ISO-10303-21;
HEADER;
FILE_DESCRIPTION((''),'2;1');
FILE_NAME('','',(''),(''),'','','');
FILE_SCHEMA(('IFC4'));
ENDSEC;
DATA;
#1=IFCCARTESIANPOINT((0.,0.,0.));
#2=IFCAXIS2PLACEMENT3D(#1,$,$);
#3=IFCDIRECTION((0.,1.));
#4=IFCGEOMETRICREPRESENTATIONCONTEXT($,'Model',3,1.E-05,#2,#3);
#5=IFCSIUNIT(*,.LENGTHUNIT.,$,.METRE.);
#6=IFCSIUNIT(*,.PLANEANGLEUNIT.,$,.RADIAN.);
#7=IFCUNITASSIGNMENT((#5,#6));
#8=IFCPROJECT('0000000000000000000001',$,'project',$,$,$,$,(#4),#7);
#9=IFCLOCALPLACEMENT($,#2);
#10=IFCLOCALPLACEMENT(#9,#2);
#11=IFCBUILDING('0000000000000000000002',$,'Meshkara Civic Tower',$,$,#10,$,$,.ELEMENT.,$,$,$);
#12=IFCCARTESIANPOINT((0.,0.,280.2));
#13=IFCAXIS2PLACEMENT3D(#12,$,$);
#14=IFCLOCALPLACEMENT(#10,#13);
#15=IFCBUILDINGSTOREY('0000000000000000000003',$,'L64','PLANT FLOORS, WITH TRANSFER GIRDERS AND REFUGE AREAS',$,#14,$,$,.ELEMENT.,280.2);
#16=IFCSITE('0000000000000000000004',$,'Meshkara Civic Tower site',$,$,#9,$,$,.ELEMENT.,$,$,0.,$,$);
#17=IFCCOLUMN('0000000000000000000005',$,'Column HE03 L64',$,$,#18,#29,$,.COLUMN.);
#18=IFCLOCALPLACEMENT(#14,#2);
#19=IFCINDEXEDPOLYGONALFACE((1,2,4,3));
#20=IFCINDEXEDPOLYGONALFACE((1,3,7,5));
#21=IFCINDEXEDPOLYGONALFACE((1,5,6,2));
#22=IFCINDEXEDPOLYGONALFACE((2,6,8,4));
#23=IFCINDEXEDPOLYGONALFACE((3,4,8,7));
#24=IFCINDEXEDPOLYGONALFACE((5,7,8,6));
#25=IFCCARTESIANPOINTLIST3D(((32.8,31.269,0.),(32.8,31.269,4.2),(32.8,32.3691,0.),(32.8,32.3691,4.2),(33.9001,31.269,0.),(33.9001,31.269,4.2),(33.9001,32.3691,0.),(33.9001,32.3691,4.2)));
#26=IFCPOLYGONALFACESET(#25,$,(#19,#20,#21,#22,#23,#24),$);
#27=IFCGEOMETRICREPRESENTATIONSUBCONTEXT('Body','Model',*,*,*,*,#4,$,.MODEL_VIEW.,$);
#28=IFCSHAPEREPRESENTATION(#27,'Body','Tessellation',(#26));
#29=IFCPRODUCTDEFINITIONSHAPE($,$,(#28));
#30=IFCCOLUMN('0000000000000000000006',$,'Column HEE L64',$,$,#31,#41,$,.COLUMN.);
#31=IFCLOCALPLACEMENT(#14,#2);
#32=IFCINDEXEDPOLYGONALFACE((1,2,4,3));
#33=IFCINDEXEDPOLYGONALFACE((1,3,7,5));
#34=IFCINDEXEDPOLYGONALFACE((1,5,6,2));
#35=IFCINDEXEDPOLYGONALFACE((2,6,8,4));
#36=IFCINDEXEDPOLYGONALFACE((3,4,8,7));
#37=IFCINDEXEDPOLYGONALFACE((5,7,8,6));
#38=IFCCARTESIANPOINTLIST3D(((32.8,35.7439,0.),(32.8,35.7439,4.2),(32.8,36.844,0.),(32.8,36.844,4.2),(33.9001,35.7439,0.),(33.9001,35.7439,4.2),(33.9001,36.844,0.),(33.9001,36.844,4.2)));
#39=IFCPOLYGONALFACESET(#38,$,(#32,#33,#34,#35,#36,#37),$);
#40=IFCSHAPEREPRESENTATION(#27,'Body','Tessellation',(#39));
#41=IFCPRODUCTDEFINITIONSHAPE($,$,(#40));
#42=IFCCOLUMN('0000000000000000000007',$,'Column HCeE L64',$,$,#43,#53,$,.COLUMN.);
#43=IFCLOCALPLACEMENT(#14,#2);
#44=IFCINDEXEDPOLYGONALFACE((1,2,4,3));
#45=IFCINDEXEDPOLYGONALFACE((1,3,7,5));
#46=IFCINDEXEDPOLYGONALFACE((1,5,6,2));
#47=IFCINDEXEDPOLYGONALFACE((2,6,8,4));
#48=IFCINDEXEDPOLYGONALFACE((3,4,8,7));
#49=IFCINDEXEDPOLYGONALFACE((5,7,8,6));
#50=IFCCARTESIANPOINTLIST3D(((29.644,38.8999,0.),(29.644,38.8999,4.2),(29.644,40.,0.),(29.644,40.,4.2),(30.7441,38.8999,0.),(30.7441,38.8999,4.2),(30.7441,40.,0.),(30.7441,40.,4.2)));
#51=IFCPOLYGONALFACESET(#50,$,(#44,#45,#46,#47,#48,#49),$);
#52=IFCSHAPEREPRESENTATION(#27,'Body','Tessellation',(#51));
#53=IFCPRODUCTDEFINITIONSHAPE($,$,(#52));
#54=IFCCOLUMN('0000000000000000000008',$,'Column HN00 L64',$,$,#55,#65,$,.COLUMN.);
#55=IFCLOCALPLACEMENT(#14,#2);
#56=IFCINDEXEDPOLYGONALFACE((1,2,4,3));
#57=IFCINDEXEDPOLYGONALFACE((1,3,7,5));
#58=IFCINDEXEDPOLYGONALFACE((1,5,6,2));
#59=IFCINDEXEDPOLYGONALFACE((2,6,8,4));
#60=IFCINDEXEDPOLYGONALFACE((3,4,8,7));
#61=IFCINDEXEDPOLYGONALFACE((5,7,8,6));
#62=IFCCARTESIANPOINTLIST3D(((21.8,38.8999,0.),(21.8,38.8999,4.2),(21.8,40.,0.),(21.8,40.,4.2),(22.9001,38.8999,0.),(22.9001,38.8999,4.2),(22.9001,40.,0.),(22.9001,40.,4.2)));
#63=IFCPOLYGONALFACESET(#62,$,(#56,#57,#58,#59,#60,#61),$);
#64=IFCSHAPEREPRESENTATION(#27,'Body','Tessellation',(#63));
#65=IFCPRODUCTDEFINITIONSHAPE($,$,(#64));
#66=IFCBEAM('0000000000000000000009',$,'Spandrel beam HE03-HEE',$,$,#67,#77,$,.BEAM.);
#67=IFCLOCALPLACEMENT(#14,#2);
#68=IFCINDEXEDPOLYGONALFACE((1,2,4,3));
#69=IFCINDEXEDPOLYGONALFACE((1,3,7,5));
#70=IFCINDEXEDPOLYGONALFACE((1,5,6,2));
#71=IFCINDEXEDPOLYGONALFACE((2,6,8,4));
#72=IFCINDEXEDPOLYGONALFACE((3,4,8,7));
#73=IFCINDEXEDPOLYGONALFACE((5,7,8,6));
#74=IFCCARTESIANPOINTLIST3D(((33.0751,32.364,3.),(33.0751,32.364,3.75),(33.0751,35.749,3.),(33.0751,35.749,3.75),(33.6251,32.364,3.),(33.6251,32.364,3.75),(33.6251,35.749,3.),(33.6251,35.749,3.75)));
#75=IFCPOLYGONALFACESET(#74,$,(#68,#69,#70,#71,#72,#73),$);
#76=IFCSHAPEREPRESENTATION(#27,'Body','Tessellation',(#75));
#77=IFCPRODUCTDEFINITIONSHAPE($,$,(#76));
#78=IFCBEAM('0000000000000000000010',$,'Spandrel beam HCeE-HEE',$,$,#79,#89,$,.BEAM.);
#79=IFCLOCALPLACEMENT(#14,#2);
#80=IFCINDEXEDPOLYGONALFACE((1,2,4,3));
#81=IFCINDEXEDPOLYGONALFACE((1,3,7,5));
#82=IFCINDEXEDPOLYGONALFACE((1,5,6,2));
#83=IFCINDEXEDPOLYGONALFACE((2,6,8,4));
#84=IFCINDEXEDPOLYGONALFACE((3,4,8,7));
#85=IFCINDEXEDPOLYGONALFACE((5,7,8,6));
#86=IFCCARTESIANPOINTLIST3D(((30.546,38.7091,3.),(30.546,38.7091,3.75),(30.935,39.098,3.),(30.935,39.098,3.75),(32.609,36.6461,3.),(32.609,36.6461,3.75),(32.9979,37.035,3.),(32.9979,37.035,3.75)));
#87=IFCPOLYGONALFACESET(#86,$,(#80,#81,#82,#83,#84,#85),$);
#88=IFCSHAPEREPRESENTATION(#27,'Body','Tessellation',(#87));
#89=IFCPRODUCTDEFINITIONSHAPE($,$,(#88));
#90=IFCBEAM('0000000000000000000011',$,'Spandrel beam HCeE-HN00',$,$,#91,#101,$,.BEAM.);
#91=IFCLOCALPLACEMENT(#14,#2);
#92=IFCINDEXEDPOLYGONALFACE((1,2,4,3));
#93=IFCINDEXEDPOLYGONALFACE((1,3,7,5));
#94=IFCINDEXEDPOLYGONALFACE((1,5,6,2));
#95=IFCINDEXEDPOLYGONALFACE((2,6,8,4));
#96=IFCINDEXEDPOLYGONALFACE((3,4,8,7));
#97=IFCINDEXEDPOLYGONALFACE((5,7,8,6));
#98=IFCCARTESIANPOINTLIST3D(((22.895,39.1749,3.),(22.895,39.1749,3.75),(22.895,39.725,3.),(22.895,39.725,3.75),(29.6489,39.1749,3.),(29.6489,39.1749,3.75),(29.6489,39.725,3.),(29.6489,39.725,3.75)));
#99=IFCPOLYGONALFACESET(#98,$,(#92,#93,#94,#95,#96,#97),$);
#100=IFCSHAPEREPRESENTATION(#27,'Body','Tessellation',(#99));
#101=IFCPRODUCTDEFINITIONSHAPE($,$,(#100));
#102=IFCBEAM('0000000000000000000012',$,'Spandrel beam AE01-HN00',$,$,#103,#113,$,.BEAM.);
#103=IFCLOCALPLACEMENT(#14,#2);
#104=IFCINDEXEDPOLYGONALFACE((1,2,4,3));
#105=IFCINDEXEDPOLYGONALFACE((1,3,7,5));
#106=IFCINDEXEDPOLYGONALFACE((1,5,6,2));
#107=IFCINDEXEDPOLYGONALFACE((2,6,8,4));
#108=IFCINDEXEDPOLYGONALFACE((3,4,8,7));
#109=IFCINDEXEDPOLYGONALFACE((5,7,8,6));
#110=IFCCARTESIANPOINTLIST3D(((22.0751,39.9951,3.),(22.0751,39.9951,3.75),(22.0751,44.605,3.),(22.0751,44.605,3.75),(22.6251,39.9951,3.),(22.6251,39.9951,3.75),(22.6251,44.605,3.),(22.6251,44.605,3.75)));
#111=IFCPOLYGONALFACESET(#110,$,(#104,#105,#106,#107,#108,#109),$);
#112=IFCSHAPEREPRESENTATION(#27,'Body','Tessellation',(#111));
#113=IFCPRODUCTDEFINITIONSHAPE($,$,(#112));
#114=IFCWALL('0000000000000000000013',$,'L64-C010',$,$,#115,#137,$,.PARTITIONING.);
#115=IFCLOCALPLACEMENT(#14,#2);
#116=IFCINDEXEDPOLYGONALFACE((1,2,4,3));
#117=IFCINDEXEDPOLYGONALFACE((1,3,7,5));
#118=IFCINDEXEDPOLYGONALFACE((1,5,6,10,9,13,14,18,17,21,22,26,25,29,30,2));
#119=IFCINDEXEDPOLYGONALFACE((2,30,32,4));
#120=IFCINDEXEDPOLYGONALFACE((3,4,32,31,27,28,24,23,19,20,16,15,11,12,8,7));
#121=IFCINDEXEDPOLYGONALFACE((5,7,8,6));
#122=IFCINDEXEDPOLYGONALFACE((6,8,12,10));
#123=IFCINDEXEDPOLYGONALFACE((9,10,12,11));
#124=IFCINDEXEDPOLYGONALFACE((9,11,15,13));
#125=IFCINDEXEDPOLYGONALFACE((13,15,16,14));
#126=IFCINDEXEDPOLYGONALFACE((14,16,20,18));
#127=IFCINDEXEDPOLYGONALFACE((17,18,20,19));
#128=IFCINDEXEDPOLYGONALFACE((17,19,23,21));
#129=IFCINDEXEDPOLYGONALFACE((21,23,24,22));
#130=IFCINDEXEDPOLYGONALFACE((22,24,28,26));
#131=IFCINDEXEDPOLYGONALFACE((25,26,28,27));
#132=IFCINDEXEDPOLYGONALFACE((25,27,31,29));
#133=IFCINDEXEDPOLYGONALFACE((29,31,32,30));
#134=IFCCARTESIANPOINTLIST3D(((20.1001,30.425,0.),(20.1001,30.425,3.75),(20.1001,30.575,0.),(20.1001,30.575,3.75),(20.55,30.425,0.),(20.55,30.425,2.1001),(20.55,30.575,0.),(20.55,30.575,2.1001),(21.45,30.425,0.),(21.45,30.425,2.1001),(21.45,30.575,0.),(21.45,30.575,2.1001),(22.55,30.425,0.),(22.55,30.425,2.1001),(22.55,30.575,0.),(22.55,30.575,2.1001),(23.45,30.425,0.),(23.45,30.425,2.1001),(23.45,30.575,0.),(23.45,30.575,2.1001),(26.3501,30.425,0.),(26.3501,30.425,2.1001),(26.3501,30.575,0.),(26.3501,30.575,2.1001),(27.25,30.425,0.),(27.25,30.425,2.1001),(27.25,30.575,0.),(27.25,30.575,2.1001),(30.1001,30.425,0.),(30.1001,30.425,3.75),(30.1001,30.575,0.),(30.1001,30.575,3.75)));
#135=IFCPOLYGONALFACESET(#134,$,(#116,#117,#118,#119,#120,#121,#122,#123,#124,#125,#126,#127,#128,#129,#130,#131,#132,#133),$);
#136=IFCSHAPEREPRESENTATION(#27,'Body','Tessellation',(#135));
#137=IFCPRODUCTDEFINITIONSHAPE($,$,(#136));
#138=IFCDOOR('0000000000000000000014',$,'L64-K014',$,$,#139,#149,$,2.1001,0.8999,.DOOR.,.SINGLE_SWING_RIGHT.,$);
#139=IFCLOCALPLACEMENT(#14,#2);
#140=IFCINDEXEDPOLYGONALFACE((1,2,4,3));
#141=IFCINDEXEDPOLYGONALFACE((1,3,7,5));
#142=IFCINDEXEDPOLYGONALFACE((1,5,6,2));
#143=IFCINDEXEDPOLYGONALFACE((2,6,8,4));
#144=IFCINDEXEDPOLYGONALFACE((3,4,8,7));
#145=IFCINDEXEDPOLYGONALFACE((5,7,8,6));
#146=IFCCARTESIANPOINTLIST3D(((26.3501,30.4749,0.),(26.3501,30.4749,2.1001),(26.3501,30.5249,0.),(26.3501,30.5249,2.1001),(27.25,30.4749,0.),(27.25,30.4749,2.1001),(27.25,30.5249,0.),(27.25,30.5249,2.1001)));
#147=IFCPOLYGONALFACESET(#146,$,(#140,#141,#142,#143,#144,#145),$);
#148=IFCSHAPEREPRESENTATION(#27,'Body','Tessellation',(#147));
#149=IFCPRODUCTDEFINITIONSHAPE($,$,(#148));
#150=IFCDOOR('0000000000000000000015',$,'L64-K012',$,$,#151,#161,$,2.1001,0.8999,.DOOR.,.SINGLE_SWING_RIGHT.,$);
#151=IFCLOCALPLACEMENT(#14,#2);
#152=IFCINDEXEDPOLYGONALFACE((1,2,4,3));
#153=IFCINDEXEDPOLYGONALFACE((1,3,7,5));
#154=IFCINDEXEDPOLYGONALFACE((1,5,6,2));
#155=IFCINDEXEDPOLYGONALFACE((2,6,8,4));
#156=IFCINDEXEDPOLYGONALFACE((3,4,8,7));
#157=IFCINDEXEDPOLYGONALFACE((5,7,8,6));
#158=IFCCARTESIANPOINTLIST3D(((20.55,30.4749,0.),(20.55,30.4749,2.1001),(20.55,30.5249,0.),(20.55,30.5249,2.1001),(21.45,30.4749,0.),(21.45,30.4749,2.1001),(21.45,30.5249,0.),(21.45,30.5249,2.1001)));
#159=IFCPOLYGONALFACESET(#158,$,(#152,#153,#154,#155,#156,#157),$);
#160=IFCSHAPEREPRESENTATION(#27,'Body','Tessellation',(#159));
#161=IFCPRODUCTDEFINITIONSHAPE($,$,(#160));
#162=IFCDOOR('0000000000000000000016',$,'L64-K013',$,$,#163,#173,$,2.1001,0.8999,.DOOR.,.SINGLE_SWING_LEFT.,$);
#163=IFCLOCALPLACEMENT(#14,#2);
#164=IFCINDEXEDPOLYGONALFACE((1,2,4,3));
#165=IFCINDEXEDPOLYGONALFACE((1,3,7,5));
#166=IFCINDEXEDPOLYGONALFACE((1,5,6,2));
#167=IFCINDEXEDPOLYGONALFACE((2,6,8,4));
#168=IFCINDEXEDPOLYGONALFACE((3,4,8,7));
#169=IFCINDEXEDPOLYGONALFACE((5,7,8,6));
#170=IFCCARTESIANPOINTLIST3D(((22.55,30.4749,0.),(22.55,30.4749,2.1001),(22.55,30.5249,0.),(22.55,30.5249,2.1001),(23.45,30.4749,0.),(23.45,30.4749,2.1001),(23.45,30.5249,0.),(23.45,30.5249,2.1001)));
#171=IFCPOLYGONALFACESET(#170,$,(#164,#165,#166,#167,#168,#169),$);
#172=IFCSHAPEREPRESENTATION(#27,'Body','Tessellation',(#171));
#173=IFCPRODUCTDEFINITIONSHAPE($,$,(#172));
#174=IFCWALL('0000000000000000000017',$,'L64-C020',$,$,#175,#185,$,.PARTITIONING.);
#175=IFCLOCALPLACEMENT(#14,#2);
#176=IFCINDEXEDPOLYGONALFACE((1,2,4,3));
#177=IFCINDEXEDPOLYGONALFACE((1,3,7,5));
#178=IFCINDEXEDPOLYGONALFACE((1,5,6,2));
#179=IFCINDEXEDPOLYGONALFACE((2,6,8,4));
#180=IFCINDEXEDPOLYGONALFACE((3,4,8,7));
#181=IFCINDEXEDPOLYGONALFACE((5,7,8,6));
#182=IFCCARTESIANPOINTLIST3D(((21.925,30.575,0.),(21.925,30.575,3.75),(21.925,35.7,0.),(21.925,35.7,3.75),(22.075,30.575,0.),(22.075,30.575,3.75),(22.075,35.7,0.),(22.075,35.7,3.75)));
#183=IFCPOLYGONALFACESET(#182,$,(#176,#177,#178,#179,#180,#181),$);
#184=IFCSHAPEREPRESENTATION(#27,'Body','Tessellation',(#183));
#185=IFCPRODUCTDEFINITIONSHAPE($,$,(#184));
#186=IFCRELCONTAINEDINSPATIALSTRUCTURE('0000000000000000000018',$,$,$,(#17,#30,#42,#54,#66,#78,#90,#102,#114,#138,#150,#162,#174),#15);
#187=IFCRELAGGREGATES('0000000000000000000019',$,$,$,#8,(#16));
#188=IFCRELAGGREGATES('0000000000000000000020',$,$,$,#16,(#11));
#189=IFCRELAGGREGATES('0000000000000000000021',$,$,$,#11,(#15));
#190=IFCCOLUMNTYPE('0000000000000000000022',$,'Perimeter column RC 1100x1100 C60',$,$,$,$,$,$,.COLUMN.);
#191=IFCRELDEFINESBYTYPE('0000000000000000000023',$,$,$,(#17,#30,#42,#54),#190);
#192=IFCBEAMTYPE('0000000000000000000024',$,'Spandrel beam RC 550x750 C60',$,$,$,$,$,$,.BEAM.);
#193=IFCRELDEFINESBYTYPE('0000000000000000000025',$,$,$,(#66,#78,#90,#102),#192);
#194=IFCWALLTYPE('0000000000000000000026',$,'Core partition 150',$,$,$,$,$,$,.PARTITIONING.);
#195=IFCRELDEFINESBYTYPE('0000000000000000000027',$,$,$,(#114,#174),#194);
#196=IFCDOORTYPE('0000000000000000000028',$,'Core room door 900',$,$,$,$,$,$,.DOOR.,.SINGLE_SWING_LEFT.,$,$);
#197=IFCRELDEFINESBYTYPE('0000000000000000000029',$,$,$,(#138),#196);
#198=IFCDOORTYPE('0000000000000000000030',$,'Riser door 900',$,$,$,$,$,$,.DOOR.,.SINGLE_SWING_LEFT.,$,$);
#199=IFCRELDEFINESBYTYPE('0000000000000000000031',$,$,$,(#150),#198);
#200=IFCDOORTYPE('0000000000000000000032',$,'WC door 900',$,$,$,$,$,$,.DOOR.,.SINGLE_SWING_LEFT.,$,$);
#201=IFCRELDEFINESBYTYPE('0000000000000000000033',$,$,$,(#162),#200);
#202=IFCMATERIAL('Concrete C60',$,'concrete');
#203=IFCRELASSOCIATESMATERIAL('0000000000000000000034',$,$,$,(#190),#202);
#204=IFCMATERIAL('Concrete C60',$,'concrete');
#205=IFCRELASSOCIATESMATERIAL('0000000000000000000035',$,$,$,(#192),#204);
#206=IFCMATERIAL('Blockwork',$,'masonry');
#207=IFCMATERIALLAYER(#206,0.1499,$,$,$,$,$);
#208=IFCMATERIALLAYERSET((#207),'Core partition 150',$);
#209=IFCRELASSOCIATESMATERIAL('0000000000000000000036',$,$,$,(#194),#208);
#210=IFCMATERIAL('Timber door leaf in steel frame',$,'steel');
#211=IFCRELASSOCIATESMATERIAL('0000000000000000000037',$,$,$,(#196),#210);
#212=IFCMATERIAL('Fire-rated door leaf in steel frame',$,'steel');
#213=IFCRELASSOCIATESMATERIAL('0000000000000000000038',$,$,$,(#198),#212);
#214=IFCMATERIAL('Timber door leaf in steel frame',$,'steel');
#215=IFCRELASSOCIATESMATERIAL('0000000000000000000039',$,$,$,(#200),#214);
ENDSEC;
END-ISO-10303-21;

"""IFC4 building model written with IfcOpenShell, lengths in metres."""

from ifc_helpers import new_model, si_unit, direction, frame, frame_2d, origin, origin_2d, place, context, subcontext, project, spatial, rectangle, extrude, material, layer, layer_set, material_profile, profile_set, type_object, element, fill, save


model = new_model("IFC4")

# Units and contexts
model_context = context("Model", 3, precision=1e-05, world=origin(), true_north=direction((0.0, 1.0)))
body_context = subcontext(model_context, "Body", "Model", "MODEL_VIEW")
ifc_project = project(units=[si_unit("LENGTHUNIT", "METRE"), si_unit("PLANEANGLEUNIT", "RADIAN")], contexts=[model_context])

# Site, building, storey
site_placement = place(None, origin())
site = spatial("IfcSite", under=ifc_project, at=site_placement, Name="Meshkara Civic Tower site", CompositionType="ELEMENT", RefElevation=0.0)
building_placement = place(site_placement, origin())
building = spatial("IfcBuilding", under=site, at=building_placement, Name="Meshkara Civic Tower", CompositionType="ELEMENT")
storey_placement = place(building_placement, frame((0.0, 0.0, 280.2)))
storey = spatial("IfcBuildingStorey", under=building, at=storey_placement, Name="L64", Description="PLANT FLOORS, WITH TRANSFER GIRDERS AND REFUGE AREAS", CompositionType="ELEMENT", Elevation=280.2)

# Columns
ifc_material_1 = material(Name="Concrete C60", Category="concrete")
ifc_material_profile_1 = material_profile(ifc_material_1, rectangle(XDim=1.1001, YDim=1.1001, at=origin_2d()))
ifc_profile_set_1 = profile_set([ifc_material_profile_1], Name="Concrete C60")
column_type = type_object("IfcColumnType", Name="Perimeter column RC 1100x1100 C60", PredefinedType="COLUMN", material=ifc_profile_set_1)
for number, where, z_axis, x_axis, name in (
    (1, (33.3501, 31.8191, 0.0), (0.0, 0.0, 1.0), (1.0, 0.0, 0.0), "Column HE03 L64"),
    (2, (33.3501, 36.2939, 0.0), (0.0, 0.0, 1.0), (1.0, 0.0, 0.0), "Column HEE L64"),
    (3, (30.1941, 39.45, 0.0), (0.0, 0.0, 1.0), (1.0, 0.0, 0.0), "Column HCeE L64"),
    (4, (22.3501, 39.45, 0.0), (0.0, 0.0, 1.0), (1.0, 0.0, 0.0), "Column HN00 L64"),
):
    element("IfcColumn", number, at=place(storey_placement, frame(where, z_axis=z_axis, x_axis=x_axis)), inside=storey, type_object=column_type, Name=name, PredefinedType="COLUMN", context=body_context, shape_type="SweptSolid", body=[
        extrude(rectangle(XDim=1.1001, YDim=1.1001, at=origin_2d()), origin(), (0.0, 0.0, 1.0), 4.2),
    ])

# Beams
ifc_material_2 = material(Name="Concrete C60", Category="concrete")
ifc_material_profile_2 = material_profile(ifc_material_2, rectangle(XDim=0.55, YDim=0.75, at=origin_2d()))
ifc_profile_set_2 = profile_set([ifc_material_profile_2], Name="Concrete C60")
beam_type = type_object("IfcBeamType", Name="Spandrel beam RC 550x750 C60", PredefinedType="BEAM", material=ifc_profile_set_2)
beam_1_placement = place(storey_placement, frame((33.3501, 32.364, 3.375), z_axis=(0.0, 1.0, 0.0), x_axis=(-1.0, 0.0, 0.0)))
element("IfcBeam", 5, at=beam_1_placement, inside=storey, type_object=beam_type, Name="Spandrel beam HE03-HEE", PredefinedType="BEAM", context=body_context, shape_type="SweptSolid", body=[
    extrude(rectangle(XDim=0.55, YDim=0.75, at=origin_2d()), origin(), (0.0, 0.0, 1.0), 3.385),
])
beam_2_placement = place(storey_placement, frame((32.8035, 36.8406, 3.375), z_axis=(-0.707107, 0.707107, 0.0), x_axis=(-0.707107, -0.707107, 0.0)))
element("IfcBeam", 6, at=beam_2_placement, inside=storey, type_object=beam_type, Name="Spandrel beam HCeE-HEE", PredefinedType="BEAM", context=body_context, shape_type="SweptSolid", body=[
    extrude(rectangle(XDim=0.55, YDim=0.75, at=origin_2d()), origin(), (0.0, 0.0, 1.0), 2.9175),
])
beam_3_placement = place(storey_placement, frame((29.6489, 39.45, 3.375), z_axis=(-1.0, 0.0, 0.0), x_axis=(0.0, -1.0, 0.0)))
element("IfcBeam", 7, at=beam_3_placement, inside=storey, type_object=beam_type, Name="Spandrel beam HCeE-HN00", PredefinedType="BEAM", context=body_context, shape_type="SweptSolid", body=[
    extrude(rectangle(XDim=0.55, YDim=0.75, at=origin_2d()), origin(), (0.0, 0.0, 1.0), 6.7539),
])
beam_4_placement = place(storey_placement, frame((22.3501, 39.9951, 3.375), z_axis=(0.0, 1.0, 0.0), x_axis=(-1.0, 0.0, 0.0)))
element("IfcBeam", 8, at=beam_4_placement, inside=storey, type_object=beam_type, Name="Spandrel beam AE01-HN00", PredefinedType="BEAM", context=body_context, shape_type="SweptSolid", body=[
    extrude(rectangle(XDim=0.55, YDim=0.75, at=origin_2d()), origin(), (0.0, 0.0, 1.0), 4.6099),
])

# Wall, openings, doors
ifc_material_3 = material(Name="Blockwork", Category="masonry")
ifc_layer_1 = layer(ifc_material_3, 0.1499)
ifc_layer_set_1 = layer_set([ifc_layer_1], Name="Core partition 150")
wall_type_1 = type_object("IfcWallType", Name="Core partition 150", PredefinedType="PARTITIONING", material=ifc_layer_set_1)
wall_1_placement = place(storey_placement, frame((20.1001, 30.5, 0.0), z_axis=(0.0, 0.0, 1.0), x_axis=(1.0, 0.0, 0.0)))
wall_1 = element("IfcWall", 9, at=wall_1_placement, inside=storey, type_object=wall_type_1, Name="L64-C010", PredefinedType="PARTITIONING", context=body_context, shape_type="SweptSolid", body=[
    extrude(rectangle(XDim=10.0, YDim=0.1499, at=frame_2d((5.0, 0.0))), origin(), (0.0, 0.0, 1.0), 3.75),
])
opening_1_placement = place(wall_1_placement, frame((0.45, 0.0, 0.0)))
opening_1 = element("IfcOpeningElement", 10, at=opening_1_placement, cuts=wall_1, PredefinedType="OPENING", context=body_context, shape_type="SweptSolid", body=[
    extrude(rectangle(XDim=0.8999, YDim=2.1001, at=frame_2d((0.45, 1.05))), frame((0.0, 0.085, 0.0), z_axis=(0.0, -1.0, 0.0), x_axis=(1.0, 0.0, 0.0)), (0.0, 0.0, 1.0), 0.1699),
])
opening_2_placement = place(wall_1_placement, frame((2.45, 0.0, 0.0)))
opening_2 = element("IfcOpeningElement", 11, at=opening_2_placement, cuts=wall_1, PredefinedType="OPENING", context=body_context, shape_type="SweptSolid", body=[
    extrude(rectangle(XDim=0.8999, YDim=2.1001, at=frame_2d((0.45, 1.05))), frame((0.0, 0.085, 0.0), z_axis=(0.0, -1.0, 0.0), x_axis=(1.0, 0.0, 0.0)), (0.0, 0.0, 1.0), 0.1699),
])
opening_3_placement = place(wall_1_placement, frame((6.25, 0.0, 0.0)))
opening_3 = element("IfcOpeningElement", 12, at=opening_3_placement, cuts=wall_1, PredefinedType="OPENING", context=body_context, shape_type="SweptSolid", body=[
    extrude(rectangle(XDim=0.8999, YDim=2.1001, at=frame_2d((0.45, 1.05))), frame((0.0, 0.085, 0.0), z_axis=(0.0, -1.0, 0.0), x_axis=(1.0, 0.0, 0.0)), (0.0, 0.0, 1.0), 0.1699),
])
ifc_material_4 = material(Name="Timber door leaf in steel frame", Category="steel")
door_type_1 = type_object("IfcDoorType", Name="Core room door 900", OperationType="SINGLE_SWING_LEFT", PredefinedType="DOOR", material=ifc_material_4)
door_1_placement = place(opening_3_placement, origin())
door_1 = element("IfcDoor", 13, at=door_1_placement, inside=storey, type_object=door_type_1, Name="L64-K014", OperationType="SINGLE_SWING_RIGHT", OverallHeight=2.1001, OverallWidth=0.8999, PredefinedType="DOOR", context=body_context, shape_type="SweptSolid", body=[
    extrude(rectangle(XDim=0.8999, YDim=2.1001, at=frame_2d((0.45, 1.05))), frame((0.0, 0.0249, 0.0), z_axis=(0.0, -1.0, 0.0), x_axis=(1.0, 0.0, 0.0)), (0.0, 0.0, 1.0), 0.05),
])
fill(opening_3, door_1)
ifc_material_5 = material(Name="Fire-rated door leaf in steel frame", Category="steel")
door_type_2 = type_object("IfcDoorType", Name="Riser door 900", OperationType="SINGLE_SWING_LEFT", PredefinedType="DOOR", material=ifc_material_5)
door_2_placement = place(opening_1_placement, origin())
door_2 = element("IfcDoor", 14, at=door_2_placement, inside=storey, type_object=door_type_2, Name="L64-K012", OperationType="SINGLE_SWING_RIGHT", OverallHeight=2.1001, OverallWidth=0.8999, PredefinedType="DOOR", context=body_context, shape_type="SweptSolid", body=[
    extrude(rectangle(XDim=0.8999, YDim=2.1001, at=frame_2d((0.45, 1.05))), frame((0.0, 0.0249, 0.0), z_axis=(0.0, -1.0, 0.0), x_axis=(1.0, 0.0, 0.0)), (0.0, 0.0, 1.0), 0.05),
])
fill(opening_1, door_2)
ifc_material_6 = material(Name="Timber door leaf in steel frame", Category="steel")
door_type_3 = type_object("IfcDoorType", Name="WC door 900", OperationType="SINGLE_SWING_LEFT", PredefinedType="DOOR", material=ifc_material_6)
door_3_placement = place(opening_2_placement, origin())
door_3 = element("IfcDoor", 15, at=door_3_placement, inside=storey, type_object=door_type_3, Name="L64-K013", OperationType="SINGLE_SWING_LEFT", OverallHeight=2.1001, OverallWidth=0.8999, PredefinedType="DOOR", context=body_context, shape_type="SweptSolid", body=[
    extrude(rectangle(XDim=0.8999, YDim=2.1001, at=frame_2d((0.45, 1.05))), frame((0.0, 0.0249, 0.0), z_axis=(0.0, -1.0, 0.0), x_axis=(1.0, 0.0, 0.0)), (0.0, 0.0, 1.0), 0.05),
])
fill(opening_2, door_3)

# Wall
for number, where, z_axis, x_axis, name in (
    (16, (22.0, 30.575, 0.0), (0.0, 0.0, 1.0), (0.0, 1.0, 0.0), "L64-C020"),
):
    element("IfcWall", number, at=place(storey_placement, frame(where, z_axis=z_axis, x_axis=x_axis)), inside=storey, type_object=wall_type_1, Name=name, PredefinedType="PARTITIONING", context=body_context, shape_type="SweptSolid", body=[
        extrude(rectangle(XDim=5.125, YDim=0.1499, at=frame_2d((2.5625, 0.0))), origin(), (0.0, 0.0, 1.0), 3.75),
    ])

save(model, "model.ifc")
